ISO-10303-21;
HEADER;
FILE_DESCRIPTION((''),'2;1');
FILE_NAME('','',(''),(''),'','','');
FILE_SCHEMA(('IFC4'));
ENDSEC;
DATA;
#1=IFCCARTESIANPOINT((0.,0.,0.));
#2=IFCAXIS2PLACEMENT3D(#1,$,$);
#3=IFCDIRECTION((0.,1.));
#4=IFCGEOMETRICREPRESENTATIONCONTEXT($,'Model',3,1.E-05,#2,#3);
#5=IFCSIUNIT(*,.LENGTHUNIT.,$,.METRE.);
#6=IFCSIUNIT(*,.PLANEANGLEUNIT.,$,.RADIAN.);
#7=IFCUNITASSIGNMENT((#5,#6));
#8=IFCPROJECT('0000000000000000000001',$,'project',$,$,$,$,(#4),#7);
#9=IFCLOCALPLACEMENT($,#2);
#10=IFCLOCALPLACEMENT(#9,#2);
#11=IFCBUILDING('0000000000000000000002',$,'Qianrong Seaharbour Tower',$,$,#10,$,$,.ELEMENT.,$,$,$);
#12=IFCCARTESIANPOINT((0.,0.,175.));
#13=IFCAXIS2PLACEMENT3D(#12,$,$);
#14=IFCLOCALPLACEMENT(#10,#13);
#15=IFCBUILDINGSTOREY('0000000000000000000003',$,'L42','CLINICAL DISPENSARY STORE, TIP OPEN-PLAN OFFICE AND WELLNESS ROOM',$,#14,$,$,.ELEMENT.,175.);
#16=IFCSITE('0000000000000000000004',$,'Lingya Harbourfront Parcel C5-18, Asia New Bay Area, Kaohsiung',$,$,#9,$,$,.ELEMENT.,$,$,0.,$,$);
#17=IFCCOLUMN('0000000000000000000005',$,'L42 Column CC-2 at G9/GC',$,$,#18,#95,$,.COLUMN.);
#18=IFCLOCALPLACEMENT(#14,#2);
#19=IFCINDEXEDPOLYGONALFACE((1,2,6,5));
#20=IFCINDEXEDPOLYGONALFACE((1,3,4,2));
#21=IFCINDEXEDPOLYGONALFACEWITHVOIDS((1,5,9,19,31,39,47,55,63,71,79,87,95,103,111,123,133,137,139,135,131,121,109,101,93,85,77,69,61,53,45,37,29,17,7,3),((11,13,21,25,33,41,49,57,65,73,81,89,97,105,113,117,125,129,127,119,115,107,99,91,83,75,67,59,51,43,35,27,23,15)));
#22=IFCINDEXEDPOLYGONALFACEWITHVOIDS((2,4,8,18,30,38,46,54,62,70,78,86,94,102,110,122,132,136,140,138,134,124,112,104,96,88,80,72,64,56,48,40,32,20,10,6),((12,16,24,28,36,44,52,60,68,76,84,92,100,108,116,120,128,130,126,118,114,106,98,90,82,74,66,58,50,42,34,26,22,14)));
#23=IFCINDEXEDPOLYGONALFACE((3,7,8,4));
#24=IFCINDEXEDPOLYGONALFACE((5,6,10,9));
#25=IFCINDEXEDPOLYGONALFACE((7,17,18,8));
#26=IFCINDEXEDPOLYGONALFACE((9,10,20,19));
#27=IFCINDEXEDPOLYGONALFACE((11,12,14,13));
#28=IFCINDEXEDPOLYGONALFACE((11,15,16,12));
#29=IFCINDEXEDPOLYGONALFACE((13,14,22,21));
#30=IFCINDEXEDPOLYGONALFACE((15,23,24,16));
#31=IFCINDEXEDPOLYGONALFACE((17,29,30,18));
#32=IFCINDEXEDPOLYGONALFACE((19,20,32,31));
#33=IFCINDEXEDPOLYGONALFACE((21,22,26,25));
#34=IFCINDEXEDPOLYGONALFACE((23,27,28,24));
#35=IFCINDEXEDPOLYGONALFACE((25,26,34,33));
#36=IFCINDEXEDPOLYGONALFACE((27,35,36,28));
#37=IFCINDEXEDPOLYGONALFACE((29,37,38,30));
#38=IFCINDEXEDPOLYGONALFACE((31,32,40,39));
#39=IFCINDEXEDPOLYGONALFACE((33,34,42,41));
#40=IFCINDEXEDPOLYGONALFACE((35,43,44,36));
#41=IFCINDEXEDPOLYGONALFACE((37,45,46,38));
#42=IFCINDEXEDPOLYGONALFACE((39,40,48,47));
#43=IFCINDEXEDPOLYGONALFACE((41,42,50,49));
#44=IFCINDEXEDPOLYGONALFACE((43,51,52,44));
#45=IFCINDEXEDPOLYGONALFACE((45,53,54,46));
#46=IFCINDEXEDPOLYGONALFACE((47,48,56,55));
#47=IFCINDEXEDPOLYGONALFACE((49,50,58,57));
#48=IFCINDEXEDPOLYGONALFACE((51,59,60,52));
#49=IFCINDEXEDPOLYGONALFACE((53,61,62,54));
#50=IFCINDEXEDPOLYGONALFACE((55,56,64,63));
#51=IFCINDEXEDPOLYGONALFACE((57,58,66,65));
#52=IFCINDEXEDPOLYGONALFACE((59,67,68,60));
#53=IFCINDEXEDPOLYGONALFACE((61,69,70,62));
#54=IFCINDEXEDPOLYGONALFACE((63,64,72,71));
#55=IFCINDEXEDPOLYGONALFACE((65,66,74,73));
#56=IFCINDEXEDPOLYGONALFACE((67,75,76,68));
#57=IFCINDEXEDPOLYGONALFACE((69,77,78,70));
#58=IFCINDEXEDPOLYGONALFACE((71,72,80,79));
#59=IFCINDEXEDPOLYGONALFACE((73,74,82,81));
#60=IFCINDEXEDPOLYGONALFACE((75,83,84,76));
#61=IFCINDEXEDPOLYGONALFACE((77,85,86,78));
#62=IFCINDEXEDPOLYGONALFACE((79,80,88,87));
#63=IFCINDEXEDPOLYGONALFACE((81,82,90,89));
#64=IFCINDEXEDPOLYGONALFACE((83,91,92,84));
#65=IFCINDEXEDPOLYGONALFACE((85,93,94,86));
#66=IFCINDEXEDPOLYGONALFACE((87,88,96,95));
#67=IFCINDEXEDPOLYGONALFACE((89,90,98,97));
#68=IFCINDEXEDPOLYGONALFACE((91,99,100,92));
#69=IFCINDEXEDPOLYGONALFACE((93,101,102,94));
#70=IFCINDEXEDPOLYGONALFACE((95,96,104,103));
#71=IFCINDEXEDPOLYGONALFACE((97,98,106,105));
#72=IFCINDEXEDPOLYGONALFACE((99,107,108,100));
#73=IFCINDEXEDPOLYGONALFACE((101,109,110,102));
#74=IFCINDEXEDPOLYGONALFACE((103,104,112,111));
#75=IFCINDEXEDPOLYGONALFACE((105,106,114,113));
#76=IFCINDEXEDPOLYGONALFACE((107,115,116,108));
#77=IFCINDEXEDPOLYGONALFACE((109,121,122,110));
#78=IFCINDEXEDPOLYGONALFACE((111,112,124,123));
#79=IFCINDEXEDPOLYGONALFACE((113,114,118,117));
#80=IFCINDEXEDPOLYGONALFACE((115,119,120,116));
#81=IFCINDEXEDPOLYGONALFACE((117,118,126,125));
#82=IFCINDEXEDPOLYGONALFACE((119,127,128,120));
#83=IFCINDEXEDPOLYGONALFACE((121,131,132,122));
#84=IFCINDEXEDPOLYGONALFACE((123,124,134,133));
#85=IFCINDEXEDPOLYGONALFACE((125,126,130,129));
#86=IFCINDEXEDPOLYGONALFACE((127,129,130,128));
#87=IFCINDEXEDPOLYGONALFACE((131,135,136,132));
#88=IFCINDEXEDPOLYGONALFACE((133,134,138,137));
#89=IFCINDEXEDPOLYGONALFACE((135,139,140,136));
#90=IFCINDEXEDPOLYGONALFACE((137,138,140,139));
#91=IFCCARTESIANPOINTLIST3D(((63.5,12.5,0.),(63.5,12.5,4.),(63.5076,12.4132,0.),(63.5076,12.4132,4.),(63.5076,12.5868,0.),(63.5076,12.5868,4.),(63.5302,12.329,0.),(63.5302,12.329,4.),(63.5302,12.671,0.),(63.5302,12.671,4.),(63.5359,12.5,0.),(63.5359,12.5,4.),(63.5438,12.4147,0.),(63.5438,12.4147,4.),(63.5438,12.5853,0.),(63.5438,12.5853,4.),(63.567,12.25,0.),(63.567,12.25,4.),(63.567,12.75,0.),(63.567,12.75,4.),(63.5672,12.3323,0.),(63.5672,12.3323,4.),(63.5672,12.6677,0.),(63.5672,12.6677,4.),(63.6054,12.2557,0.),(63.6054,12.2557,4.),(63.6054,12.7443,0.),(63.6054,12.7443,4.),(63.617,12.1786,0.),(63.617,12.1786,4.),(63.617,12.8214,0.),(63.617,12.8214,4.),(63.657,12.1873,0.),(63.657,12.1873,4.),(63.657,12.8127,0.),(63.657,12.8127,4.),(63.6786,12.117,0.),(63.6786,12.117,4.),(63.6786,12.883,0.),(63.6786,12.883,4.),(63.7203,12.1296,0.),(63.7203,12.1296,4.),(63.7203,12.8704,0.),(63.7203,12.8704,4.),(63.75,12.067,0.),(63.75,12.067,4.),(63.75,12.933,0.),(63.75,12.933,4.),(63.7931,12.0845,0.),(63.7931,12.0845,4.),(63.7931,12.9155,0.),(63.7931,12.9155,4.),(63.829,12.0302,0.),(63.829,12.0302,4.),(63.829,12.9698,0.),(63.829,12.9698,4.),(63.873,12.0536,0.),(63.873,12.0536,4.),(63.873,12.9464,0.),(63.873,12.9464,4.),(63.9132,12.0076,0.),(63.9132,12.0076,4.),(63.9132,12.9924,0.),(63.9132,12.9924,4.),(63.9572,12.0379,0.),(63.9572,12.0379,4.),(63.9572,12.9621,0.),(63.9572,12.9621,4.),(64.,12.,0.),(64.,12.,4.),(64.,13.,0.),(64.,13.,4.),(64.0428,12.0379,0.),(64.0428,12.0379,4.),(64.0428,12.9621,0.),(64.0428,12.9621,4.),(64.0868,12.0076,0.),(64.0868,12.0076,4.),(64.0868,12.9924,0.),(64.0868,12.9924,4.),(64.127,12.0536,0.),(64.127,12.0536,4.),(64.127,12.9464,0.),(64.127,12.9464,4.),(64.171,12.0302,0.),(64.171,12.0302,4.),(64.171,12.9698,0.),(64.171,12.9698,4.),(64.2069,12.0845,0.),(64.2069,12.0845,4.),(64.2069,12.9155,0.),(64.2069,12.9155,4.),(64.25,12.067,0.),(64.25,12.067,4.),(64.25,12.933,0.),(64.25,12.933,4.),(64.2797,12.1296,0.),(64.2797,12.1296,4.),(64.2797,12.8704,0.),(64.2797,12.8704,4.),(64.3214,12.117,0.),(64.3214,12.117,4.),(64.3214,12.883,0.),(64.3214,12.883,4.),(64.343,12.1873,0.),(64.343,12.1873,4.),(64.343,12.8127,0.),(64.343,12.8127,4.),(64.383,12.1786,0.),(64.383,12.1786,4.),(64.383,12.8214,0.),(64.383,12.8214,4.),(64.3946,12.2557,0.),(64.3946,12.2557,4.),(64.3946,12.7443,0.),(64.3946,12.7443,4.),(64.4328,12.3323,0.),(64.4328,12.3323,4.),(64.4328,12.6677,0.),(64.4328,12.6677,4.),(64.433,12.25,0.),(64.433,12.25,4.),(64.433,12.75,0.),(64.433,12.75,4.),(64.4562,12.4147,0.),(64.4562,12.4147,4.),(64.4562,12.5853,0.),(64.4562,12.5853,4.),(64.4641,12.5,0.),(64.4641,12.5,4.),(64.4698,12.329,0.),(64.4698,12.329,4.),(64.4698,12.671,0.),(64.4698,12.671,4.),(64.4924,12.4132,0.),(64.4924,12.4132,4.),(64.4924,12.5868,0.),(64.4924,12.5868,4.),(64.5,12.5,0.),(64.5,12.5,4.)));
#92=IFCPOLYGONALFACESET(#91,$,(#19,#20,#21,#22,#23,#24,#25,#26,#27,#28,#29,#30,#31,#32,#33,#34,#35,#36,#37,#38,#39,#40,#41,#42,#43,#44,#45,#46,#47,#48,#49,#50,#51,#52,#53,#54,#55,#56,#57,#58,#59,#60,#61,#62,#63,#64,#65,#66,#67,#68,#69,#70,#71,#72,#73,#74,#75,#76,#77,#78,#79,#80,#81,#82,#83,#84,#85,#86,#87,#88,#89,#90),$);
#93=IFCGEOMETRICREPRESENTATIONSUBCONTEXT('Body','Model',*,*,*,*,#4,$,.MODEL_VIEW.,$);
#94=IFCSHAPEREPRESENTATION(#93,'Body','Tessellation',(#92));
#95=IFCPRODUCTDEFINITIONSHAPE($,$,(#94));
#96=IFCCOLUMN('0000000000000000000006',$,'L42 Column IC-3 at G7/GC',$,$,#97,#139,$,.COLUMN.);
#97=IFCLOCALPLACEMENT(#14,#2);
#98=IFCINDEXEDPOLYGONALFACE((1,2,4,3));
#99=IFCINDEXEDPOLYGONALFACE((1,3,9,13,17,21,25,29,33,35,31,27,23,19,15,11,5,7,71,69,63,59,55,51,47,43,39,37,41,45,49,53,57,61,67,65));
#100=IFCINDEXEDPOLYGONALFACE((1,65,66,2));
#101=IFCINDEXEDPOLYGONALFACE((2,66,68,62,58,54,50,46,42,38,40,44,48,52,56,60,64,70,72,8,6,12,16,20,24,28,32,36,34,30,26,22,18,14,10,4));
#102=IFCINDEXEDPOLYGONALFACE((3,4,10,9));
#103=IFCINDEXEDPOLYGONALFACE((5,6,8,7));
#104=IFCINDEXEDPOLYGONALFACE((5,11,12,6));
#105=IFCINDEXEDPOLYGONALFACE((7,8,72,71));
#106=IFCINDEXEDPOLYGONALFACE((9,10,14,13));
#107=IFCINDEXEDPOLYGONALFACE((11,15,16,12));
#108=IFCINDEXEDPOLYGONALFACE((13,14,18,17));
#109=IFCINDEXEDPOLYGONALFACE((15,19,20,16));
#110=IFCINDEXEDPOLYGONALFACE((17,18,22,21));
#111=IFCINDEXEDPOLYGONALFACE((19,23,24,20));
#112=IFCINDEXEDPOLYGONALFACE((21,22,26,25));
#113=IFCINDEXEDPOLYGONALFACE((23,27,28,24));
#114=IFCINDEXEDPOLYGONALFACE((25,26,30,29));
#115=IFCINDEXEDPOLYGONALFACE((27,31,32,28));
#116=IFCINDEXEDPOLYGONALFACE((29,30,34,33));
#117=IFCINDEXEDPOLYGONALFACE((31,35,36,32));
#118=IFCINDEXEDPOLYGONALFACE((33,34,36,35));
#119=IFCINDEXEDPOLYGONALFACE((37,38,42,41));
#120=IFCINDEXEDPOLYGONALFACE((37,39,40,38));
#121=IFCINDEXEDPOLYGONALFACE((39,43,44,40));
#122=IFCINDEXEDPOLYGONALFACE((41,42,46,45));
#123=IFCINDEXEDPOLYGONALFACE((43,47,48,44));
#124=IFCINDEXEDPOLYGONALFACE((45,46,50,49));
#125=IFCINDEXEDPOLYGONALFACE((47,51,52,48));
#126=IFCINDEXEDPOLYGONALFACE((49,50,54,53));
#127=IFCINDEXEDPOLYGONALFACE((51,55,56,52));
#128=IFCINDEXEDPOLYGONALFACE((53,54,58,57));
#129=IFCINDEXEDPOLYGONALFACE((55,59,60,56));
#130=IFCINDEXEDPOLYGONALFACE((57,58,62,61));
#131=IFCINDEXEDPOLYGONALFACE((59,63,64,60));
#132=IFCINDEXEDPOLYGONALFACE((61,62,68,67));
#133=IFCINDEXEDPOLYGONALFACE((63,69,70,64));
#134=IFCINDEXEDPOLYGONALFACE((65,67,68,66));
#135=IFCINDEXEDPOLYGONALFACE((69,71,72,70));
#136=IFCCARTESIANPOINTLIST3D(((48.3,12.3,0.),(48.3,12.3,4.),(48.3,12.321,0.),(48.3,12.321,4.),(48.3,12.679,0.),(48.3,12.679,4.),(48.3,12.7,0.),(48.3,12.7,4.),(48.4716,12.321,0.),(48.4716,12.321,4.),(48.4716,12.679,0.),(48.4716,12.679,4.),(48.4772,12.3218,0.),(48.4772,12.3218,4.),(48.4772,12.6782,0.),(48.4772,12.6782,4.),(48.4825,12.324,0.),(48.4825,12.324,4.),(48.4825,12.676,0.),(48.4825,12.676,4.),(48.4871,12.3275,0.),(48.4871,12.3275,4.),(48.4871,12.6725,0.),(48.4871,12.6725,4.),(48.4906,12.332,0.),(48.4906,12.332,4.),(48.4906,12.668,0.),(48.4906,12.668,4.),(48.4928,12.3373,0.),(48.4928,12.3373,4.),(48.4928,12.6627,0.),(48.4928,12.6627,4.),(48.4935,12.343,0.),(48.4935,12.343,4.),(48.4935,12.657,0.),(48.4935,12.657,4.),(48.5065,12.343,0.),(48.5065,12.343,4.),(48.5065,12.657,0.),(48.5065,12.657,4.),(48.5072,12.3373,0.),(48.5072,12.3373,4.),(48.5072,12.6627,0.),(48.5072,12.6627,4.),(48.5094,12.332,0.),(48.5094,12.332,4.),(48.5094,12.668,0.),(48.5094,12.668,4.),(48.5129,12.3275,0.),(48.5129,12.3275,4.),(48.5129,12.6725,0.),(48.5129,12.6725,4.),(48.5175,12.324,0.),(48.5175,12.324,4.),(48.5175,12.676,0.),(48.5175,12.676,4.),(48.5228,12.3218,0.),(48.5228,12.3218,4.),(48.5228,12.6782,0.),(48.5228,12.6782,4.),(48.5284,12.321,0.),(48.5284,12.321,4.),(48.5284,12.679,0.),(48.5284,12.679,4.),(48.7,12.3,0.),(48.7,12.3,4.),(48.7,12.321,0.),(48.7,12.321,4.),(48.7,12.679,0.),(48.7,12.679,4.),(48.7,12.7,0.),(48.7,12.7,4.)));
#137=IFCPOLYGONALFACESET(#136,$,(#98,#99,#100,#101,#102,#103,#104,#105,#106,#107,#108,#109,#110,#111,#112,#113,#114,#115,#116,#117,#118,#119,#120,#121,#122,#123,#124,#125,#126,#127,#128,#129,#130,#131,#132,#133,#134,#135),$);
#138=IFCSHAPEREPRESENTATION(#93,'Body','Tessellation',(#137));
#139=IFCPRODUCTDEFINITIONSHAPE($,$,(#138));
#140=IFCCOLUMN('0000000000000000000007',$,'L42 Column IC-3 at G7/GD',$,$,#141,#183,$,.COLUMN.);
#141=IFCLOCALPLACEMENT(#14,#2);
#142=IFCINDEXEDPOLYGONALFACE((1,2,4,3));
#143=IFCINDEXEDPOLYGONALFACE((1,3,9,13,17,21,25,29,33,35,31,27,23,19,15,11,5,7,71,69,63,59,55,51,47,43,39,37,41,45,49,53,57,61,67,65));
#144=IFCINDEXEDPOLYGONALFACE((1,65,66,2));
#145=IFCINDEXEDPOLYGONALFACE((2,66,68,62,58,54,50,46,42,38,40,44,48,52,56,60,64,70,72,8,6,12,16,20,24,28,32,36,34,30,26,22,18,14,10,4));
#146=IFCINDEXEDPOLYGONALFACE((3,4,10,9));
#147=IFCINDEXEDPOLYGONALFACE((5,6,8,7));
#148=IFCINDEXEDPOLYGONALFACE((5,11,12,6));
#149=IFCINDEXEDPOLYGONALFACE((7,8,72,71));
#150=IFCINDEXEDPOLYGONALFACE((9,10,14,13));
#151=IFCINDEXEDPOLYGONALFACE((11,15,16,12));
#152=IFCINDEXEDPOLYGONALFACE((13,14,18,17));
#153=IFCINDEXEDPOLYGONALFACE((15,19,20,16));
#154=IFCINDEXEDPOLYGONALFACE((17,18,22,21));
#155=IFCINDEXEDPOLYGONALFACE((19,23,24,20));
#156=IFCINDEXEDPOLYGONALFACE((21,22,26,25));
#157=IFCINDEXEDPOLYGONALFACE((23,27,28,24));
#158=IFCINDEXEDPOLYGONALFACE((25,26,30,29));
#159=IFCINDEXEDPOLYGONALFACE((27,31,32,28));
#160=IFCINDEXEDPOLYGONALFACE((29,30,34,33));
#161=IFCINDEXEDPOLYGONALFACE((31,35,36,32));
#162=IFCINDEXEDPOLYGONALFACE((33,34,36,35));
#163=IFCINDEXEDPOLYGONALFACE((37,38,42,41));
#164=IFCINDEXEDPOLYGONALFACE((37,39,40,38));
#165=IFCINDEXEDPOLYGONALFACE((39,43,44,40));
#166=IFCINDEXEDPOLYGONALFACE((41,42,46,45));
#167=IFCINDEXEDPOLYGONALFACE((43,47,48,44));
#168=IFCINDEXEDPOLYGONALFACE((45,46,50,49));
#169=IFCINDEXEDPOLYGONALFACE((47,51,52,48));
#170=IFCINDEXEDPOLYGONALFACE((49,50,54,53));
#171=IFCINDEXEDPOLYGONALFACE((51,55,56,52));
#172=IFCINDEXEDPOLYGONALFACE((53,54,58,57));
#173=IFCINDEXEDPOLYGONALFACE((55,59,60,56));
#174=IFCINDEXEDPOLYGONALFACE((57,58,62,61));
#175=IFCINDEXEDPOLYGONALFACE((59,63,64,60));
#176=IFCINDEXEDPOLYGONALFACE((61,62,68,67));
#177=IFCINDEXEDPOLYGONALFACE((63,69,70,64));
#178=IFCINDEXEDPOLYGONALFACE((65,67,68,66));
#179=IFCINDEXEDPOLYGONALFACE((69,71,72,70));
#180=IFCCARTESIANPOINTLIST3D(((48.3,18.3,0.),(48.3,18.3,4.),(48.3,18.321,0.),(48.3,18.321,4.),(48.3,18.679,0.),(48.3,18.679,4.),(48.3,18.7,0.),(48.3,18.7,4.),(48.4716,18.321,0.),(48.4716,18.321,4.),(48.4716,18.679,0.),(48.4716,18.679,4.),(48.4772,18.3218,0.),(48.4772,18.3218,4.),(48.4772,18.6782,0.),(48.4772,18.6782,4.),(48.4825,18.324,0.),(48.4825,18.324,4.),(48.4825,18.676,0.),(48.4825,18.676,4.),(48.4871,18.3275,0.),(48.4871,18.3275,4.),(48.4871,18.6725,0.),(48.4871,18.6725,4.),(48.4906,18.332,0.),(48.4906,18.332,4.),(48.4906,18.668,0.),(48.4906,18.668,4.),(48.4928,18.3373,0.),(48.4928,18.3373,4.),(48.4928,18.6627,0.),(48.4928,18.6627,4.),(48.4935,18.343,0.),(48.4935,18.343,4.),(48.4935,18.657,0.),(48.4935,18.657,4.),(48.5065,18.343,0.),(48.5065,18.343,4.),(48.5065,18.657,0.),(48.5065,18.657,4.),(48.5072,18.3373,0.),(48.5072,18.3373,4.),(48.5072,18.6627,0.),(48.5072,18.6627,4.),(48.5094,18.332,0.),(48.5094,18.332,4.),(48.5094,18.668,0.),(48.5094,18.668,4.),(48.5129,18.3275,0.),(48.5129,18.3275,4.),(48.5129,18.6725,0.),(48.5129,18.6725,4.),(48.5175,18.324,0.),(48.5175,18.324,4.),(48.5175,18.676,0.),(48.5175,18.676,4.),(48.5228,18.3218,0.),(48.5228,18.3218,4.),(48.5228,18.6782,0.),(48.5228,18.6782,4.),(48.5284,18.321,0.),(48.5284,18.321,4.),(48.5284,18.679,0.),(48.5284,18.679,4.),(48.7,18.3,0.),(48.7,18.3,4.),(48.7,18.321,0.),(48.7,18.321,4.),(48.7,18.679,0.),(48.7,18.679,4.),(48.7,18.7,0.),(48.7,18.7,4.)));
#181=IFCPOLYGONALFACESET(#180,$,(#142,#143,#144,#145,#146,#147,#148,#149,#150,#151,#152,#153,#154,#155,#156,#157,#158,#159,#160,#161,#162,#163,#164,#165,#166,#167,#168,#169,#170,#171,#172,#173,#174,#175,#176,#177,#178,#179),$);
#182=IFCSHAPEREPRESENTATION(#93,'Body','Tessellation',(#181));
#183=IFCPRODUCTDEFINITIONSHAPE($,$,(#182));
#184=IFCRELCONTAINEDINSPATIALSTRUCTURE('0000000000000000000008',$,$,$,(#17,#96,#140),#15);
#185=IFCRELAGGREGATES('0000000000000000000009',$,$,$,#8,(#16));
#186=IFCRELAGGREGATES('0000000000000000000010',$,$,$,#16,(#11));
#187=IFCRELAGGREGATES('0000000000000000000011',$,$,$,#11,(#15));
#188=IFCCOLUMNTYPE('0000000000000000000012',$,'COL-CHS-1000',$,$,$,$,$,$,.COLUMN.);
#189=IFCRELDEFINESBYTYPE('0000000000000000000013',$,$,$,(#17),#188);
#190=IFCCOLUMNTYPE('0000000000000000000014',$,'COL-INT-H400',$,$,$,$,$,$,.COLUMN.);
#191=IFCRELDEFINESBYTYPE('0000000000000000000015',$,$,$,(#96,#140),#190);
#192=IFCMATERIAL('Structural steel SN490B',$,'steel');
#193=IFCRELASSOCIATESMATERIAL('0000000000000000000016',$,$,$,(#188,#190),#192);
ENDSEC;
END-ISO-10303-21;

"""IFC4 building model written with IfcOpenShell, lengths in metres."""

from ifc_helpers import new_model, si_unit, direction, frame, origin, origin_2d, place, context, subcontext, project, spatial, hollow_circle, i_section, extrude, material, material_profile, profile_set, type_object, element, save


model = new_model("IFC4")

# Units and contexts
model_context = context("Model", 3, precision=1e-05, world=origin(), true_north=direction((0.0, 1.0)))
body_context = subcontext(model_context, "Body", "Model", "MODEL_VIEW")
ifc_project = project(units=[si_unit("LENGTHUNIT", "METRE"), si_unit("PLANEANGLEUNIT", "RADIAN")], contexts=[model_context])

# Site, building, storey
site_placement = place(None, origin())
site = spatial("IfcSite", under=ifc_project, at=site_placement, Name="Lingya Harbourfront Parcel C5-18, Asia New Bay Area, Kaohsiung", CompositionType="ELEMENT", RefElevation=0.0)
building_placement = place(site_placement, origin())
building = spatial("IfcBuilding", under=site, at=building_placement, Name="Qianrong Seaharbour Tower", CompositionType="ELEMENT")
storey_placement = place(building_placement, frame((0.0, 0.0, 175.0)))
storey = spatial("IfcBuildingStorey", under=building, at=storey_placement, Name="L42", Description="CLINICAL DISPENSARY STORE, TIP OPEN-PLAN OFFICE AND WELLNESS ROOM", CompositionType="ELEMENT", Elevation=175.0)

# Columns
ifc_material_1 = material(Name="Structural steel SN490B", Category="steel")
ifc_material_profile_1 = material_profile(ifc_material_1, hollow_circle(Radius=0.5, WallThickness=0.0359, at=origin_2d()), Name="CHS1000x36")
ifc_profile_set_1 = profile_set([ifc_material_profile_1], Name="Structural steel SN490B")
column_type_1 = type_object("IfcColumnType", Name="COL-CHS-1000", PredefinedType="COLUMN", material=ifc_profile_set_1)
column_placement = place(storey_placement, frame((64.0, 12.5, 0.0), z_axis=(0.0, 0.0, 1.0), x_axis=(1.0, 0.0, 0.0)))
element("IfcColumn", 1, at=column_placement, inside=storey, type_object=column_type_1, Name="L42 Column CC-2 at G9/GC", PredefinedType="COLUMN", context=body_context, shape_type="SweptSolid", body=[
    extrude(hollow_circle(Radius=0.5, WallThickness=0.0359, at=origin_2d()), origin(), (0.0, 0.0, 1.0), 4.0),
])
ifc_material_profile_2 = material_profile(ifc_material_1, i_section(OverallWidth=0.3999, OverallDepth=0.3999, WebThickness=0.0129, FlangeThickness=0.021, FilletRadius=0.022, at=origin_2d()), Name="H400x400x13x21")
ifc_profile_set_2 = profile_set([ifc_material_profile_2], Name="Structural steel SN490B")
column_type_2 = type_object("IfcColumnType", Name="COL-INT-H400", PredefinedType="COLUMN", material=ifc_profile_set_2)
for number, where, z_axis, x_axis, name in (
    (2, (48.5, 12.5, 0.0), (0.0, 0.0, 1.0), (1.0, 0.0, 0.0), "L42 Column IC-3 at G7/GC"),
    (3, (48.5, 18.5, 0.0), (0.0, 0.0, 1.0), (1.0, 0.0, 0.0), "L42 Column IC-3 at G7/GD"),
):
    element("IfcColumn", number, at=place(storey_placement, frame(where, z_axis=z_axis, x_axis=x_axis)), inside=storey, type_object=column_type_2, Name=name, PredefinedType="COLUMN", context=body_context, shape_type="SweptSolid", body=[
        extrude(i_section(OverallWidth=0.3999, OverallDepth=0.3999, WebThickness=0.0129, FlangeThickness=0.021, FilletRadius=0.022, at=origin_2d()), origin(), (0.0, 0.0, 1.0), 4.0),
    ])

save(model, "model.ifc")
